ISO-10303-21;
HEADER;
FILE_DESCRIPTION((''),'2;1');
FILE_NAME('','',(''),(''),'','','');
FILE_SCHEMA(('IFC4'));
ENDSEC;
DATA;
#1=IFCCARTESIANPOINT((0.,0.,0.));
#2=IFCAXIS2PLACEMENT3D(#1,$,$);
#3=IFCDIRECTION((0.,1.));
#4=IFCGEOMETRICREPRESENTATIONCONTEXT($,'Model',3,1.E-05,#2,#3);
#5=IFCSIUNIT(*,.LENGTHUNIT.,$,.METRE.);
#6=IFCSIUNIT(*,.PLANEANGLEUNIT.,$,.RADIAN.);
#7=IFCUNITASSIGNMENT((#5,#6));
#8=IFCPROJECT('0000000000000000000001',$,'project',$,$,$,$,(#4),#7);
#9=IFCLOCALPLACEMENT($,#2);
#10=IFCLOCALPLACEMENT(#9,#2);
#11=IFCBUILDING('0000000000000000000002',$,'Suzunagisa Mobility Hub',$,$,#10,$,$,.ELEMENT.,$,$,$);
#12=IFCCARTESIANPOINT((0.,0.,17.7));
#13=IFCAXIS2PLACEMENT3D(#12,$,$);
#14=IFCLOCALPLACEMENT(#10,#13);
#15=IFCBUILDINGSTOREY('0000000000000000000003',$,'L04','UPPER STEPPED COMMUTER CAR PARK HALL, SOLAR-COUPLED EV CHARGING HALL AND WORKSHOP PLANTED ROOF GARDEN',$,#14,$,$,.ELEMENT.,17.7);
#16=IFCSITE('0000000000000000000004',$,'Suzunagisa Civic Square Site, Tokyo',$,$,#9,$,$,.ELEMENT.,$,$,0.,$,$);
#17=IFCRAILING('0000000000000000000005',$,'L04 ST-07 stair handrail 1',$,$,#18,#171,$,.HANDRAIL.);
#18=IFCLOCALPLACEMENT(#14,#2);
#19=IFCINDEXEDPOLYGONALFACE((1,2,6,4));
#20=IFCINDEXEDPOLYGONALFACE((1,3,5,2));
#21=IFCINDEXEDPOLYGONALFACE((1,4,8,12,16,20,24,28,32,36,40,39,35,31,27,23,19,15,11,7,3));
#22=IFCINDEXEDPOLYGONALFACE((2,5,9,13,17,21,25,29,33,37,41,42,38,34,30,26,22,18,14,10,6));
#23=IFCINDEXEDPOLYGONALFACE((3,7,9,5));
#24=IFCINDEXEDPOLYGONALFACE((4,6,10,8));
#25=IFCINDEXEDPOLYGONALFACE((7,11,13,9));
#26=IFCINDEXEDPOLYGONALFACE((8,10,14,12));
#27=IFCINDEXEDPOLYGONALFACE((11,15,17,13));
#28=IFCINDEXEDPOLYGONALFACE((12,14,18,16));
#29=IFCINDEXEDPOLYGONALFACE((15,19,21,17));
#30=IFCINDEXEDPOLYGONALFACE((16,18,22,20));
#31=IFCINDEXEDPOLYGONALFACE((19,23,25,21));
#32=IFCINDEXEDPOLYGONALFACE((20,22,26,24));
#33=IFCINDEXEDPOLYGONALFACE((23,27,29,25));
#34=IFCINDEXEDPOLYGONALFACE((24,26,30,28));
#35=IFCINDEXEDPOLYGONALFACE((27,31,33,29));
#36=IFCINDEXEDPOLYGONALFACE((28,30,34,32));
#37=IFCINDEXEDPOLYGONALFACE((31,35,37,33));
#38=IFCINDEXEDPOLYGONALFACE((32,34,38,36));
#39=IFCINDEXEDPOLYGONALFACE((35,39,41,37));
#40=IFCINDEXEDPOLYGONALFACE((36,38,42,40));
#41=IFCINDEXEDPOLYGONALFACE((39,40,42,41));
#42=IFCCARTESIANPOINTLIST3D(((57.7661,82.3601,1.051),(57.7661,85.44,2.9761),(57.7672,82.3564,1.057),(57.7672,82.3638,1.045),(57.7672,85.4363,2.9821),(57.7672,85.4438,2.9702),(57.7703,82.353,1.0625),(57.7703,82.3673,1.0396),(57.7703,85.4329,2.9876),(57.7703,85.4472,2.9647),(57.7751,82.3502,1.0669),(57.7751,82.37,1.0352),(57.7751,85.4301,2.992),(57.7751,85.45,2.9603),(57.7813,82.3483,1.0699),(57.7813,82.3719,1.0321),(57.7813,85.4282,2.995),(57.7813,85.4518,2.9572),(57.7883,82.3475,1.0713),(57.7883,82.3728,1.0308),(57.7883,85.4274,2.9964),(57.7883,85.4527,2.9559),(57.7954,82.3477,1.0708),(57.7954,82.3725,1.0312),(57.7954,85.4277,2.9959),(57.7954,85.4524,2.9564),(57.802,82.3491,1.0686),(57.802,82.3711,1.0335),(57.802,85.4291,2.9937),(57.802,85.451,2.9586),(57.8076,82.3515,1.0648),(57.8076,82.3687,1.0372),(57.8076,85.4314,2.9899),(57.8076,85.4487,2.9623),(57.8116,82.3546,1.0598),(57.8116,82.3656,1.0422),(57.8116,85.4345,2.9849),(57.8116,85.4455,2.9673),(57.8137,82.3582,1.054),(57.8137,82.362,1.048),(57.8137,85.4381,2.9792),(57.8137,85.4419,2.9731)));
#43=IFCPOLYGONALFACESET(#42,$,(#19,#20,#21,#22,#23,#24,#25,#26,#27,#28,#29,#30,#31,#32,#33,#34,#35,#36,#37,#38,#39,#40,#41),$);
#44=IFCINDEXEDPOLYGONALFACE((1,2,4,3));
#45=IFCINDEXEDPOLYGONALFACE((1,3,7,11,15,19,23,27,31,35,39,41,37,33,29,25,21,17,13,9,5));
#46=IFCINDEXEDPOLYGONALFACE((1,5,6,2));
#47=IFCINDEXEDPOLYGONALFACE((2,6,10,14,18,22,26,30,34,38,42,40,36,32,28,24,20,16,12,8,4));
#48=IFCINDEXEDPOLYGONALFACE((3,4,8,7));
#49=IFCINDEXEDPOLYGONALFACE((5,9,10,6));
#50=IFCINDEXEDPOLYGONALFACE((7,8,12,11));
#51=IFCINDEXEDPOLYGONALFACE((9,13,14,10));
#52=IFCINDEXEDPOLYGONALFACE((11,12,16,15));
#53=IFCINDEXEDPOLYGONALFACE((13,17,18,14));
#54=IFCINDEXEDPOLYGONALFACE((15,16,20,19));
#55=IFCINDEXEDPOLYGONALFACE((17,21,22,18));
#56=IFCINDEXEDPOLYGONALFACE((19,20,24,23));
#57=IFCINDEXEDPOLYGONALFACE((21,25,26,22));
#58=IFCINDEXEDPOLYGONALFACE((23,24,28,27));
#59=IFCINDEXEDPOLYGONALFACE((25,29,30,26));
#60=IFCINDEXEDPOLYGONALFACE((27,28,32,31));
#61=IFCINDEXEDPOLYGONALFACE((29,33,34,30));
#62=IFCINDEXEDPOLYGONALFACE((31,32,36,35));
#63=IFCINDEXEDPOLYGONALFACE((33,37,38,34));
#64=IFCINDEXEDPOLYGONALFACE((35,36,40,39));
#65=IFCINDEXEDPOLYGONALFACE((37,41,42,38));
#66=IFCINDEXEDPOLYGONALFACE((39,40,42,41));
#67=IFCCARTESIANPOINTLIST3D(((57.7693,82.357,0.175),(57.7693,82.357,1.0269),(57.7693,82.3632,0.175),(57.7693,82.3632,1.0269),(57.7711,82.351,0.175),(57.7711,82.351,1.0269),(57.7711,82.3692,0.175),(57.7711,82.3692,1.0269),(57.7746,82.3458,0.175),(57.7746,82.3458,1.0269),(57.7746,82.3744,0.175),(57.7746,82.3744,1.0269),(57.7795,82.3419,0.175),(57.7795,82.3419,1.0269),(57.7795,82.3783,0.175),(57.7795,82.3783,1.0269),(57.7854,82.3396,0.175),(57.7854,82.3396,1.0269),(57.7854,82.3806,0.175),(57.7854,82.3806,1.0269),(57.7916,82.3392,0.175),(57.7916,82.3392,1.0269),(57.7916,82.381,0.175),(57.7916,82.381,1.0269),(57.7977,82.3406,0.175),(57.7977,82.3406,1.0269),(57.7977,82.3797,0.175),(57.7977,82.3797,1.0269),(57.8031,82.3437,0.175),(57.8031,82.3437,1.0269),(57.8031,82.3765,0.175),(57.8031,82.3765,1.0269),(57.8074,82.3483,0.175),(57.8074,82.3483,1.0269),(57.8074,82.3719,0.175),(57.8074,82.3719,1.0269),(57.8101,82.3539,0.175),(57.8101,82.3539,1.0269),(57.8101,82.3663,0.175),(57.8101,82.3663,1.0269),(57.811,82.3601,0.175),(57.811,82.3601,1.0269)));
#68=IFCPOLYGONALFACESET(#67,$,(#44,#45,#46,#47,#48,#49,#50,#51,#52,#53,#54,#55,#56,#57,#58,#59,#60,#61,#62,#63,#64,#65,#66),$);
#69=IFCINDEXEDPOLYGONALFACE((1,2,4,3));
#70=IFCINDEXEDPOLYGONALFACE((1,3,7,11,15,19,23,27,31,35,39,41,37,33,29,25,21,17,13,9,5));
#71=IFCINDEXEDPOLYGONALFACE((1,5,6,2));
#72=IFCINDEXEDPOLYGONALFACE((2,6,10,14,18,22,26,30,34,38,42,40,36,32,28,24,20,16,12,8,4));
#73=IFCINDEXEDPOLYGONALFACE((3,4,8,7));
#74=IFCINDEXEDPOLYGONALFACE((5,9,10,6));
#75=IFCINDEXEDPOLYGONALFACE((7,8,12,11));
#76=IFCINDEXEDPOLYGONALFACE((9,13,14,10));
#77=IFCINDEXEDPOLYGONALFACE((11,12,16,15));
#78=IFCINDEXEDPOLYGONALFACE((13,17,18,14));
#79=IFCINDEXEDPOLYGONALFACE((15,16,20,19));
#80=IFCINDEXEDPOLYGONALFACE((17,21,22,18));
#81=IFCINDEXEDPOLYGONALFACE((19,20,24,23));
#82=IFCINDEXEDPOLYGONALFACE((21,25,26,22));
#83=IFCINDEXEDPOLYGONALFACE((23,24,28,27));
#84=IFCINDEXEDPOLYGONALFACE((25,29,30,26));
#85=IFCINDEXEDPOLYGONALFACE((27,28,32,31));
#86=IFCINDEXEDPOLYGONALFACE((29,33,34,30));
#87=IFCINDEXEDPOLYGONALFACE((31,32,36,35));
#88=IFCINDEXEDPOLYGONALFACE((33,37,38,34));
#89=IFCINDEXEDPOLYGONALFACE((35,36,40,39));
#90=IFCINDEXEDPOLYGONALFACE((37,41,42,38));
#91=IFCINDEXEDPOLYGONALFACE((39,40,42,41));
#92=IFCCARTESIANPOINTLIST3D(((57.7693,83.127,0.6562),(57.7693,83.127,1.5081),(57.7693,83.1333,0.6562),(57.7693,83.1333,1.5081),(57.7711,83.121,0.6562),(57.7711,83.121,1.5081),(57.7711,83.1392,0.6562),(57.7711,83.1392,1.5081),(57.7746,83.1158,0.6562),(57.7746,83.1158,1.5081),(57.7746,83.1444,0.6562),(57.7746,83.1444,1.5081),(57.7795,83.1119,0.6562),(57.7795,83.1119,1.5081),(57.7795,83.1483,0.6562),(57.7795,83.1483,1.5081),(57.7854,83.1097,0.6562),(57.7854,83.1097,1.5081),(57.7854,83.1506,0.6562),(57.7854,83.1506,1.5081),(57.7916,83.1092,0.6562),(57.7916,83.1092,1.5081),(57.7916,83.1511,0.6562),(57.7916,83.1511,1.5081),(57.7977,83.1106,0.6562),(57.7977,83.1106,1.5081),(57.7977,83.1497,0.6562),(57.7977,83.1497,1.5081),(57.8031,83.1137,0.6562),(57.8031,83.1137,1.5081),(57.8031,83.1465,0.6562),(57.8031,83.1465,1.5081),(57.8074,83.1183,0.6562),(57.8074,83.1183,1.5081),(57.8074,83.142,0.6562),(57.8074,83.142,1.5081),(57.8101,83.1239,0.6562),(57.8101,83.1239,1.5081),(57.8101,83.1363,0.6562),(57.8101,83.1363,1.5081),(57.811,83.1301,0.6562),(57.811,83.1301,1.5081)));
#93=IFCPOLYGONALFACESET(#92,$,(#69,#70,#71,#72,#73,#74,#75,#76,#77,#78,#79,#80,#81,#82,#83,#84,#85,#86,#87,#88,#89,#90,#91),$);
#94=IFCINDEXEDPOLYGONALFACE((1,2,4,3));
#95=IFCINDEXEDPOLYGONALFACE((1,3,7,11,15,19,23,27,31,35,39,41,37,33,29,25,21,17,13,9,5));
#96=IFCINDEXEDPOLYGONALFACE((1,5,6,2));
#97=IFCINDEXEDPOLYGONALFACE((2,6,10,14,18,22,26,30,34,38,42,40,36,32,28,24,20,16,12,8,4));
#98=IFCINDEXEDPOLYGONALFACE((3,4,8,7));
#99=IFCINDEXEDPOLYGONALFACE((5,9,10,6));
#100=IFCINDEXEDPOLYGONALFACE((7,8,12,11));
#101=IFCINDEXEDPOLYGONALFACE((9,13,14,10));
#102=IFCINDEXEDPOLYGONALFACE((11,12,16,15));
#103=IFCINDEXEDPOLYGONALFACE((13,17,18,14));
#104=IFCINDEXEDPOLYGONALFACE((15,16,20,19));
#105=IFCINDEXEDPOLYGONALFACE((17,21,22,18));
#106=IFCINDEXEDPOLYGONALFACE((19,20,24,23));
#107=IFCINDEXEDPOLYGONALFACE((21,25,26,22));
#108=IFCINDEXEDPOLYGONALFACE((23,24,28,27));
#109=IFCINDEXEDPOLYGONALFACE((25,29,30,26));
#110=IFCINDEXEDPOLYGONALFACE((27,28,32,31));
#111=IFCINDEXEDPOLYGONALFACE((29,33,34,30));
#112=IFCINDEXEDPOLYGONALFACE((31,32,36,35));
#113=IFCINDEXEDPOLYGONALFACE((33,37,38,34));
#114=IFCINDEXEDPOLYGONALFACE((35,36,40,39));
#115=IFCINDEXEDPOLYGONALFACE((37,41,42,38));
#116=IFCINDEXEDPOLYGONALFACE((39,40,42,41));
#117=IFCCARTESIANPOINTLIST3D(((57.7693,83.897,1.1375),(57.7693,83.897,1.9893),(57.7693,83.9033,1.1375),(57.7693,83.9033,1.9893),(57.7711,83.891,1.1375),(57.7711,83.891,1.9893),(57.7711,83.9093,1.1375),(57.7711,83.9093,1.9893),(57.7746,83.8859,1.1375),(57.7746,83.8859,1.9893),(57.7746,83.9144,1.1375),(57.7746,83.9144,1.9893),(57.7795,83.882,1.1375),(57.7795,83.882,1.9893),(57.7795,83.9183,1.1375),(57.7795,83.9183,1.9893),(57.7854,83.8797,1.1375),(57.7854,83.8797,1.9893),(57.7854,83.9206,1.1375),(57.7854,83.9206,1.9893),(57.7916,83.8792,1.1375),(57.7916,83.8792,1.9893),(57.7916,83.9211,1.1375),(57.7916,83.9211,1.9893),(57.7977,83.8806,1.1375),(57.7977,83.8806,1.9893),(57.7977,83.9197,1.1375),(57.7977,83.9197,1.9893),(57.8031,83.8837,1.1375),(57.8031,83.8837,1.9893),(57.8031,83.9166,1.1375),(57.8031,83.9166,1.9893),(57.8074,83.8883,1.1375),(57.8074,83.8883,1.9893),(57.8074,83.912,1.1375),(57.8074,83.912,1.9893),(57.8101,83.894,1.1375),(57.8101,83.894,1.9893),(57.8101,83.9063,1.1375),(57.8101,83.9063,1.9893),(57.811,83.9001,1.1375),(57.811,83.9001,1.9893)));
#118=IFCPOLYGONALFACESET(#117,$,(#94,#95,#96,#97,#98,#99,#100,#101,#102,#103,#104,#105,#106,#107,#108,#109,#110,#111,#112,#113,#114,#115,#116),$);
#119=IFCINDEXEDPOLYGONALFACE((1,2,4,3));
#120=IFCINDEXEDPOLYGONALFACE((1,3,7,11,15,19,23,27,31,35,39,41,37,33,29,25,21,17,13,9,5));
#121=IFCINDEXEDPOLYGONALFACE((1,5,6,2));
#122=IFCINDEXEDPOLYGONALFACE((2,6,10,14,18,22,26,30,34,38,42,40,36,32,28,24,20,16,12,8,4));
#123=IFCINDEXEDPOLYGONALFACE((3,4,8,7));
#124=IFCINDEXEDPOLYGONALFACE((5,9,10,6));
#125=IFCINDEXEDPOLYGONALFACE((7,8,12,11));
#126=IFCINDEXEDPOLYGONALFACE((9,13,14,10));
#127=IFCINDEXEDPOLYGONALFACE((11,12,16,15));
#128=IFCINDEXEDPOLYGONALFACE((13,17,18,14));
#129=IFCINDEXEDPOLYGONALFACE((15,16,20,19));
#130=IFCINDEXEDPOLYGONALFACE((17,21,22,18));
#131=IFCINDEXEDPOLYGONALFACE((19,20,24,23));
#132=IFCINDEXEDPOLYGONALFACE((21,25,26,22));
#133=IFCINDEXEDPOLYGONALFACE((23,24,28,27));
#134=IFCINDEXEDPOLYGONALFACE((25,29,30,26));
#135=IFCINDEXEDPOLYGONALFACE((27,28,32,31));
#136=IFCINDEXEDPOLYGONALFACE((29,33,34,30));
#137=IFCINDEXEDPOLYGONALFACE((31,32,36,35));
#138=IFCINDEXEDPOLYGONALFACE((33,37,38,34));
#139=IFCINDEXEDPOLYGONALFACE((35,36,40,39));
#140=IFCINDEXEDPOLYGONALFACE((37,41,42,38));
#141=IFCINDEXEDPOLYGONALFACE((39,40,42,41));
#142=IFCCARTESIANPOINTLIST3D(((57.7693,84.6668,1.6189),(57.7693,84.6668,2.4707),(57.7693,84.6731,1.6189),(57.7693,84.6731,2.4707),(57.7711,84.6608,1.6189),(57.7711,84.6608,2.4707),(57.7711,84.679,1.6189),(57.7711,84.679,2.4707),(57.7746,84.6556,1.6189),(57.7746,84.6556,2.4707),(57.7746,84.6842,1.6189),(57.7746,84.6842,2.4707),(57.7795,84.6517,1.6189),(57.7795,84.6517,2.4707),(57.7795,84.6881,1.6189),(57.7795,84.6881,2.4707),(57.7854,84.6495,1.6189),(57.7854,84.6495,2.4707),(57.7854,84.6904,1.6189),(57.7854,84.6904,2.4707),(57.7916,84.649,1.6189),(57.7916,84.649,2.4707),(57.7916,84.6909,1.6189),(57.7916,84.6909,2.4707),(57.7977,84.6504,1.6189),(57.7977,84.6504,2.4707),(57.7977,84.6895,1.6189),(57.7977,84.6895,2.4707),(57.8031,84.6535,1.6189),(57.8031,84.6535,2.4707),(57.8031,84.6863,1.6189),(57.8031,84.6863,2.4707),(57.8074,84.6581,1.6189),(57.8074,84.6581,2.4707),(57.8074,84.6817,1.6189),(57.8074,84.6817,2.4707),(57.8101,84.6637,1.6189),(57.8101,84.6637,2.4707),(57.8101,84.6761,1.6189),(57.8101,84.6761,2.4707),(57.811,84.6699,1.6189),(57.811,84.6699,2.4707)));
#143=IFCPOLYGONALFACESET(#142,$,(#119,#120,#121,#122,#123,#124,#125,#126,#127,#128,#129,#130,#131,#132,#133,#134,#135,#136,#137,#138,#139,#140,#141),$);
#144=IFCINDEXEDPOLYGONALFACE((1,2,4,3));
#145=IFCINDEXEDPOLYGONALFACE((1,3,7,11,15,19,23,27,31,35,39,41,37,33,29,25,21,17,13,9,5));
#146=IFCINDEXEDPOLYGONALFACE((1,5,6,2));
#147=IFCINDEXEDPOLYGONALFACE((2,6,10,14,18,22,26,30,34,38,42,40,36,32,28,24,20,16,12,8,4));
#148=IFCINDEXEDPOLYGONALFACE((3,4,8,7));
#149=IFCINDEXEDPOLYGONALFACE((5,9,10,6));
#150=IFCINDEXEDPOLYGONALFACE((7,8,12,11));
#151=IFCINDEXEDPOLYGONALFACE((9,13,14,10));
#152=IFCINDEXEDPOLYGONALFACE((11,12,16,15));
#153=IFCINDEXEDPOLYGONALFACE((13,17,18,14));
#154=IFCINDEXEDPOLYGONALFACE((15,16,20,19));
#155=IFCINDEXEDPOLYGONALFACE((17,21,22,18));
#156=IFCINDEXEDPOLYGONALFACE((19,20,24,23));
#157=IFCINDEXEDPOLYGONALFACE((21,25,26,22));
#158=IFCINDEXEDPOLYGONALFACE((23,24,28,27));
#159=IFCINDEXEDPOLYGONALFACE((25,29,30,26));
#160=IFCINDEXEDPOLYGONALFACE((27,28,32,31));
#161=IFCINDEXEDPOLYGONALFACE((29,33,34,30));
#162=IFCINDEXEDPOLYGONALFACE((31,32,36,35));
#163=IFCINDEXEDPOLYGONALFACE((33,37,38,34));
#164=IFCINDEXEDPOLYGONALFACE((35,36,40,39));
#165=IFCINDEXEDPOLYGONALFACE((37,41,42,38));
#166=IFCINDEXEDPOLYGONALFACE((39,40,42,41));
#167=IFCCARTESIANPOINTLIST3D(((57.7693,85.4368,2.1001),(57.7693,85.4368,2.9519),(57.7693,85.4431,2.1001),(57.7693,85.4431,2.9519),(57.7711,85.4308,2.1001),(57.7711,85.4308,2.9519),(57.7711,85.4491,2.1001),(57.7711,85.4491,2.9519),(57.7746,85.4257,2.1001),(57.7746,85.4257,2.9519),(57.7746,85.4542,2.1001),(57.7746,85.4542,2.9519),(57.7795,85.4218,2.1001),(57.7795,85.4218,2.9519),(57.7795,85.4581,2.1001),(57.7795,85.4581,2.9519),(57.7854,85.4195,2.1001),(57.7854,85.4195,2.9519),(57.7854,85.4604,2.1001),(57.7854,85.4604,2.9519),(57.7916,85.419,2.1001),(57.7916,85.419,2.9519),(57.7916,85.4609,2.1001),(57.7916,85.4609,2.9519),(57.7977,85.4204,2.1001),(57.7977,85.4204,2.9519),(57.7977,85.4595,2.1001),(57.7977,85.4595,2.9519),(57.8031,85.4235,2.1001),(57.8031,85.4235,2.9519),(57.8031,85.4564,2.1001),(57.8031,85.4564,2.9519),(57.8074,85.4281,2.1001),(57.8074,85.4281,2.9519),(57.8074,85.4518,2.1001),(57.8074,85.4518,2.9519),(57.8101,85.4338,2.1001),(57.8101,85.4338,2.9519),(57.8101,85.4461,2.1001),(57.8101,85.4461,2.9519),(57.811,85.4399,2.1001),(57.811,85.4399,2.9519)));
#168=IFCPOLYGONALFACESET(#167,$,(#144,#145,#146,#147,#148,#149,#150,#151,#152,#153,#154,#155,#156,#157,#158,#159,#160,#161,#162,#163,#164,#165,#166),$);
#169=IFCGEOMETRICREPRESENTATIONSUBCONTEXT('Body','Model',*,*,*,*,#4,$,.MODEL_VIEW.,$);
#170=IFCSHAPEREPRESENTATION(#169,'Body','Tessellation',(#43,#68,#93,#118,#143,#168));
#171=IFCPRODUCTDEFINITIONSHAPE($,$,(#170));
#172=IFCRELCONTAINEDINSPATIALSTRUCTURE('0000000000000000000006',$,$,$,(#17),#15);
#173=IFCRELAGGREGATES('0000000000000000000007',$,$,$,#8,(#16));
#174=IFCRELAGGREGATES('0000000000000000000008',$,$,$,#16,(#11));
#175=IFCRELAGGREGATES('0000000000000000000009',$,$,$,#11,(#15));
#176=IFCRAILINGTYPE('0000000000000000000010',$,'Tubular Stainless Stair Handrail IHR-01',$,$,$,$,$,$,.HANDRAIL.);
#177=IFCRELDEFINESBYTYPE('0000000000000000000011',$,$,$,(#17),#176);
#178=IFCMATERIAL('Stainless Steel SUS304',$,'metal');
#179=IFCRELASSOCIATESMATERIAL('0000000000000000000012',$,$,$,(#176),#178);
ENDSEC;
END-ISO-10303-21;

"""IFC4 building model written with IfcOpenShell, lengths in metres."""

from ifc_helpers import new_model, si_unit, direction, frame, origin, origin_2d, place, context, subcontext, project, spatial, circle, extrude, material, type_object, element, save


model = new_model("IFC4")

# Units and contexts
model_context = context("Model", 3, precision=1e-05, world=origin(), true_north=direction((0.0, 1.0)))
body_context = subcontext(model_context, "Body", "Model", "MODEL_VIEW")
ifc_project = project(units=[si_unit("LENGTHUNIT", "METRE"), si_unit("PLANEANGLEUNIT", "RADIAN")], contexts=[model_context])

# Site, building, storey
site_placement = place(None, origin())
site = spatial("IfcSite", under=ifc_project, at=site_placement, Name="Suzunagisa Civic Square Site, Tokyo", CompositionType="ELEMENT", RefElevation=0.0)
building_placement = place(site_placement, origin())
building = spatial("IfcBuilding", under=site, at=building_placement, Name="Suzunagisa Mobility Hub", CompositionType="ELEMENT")
storey_placement = place(building_placement, frame((0.0, 0.0, 17.7)))
storey = spatial("IfcBuildingStorey", under=building, at=storey_placement, Name="L04", Description="UPPER STEPPED COMMUTER CAR PARK HALL, SOLAR-COUPLED EV CHARGING HALL AND WORKSHOP PLANTED ROOF GARDEN", CompositionType="ELEMENT", Elevation=17.7)

# Railing
ifc_material_1 = material(Name="Stainless Steel SUS304", Category="metal")
railing_type_1 = type_object("IfcRailingType", Name="Tubular Stainless Stair Handrail IHR-01", PredefinedType="HANDRAIL", material=ifc_material_1)
railing_1_placement = place(storey_placement, frame((57.79, 82.3601, 0.175)))
element("IfcRailing", 1, at=railing_1_placement, inside=storey, type_object=railing_type_1, Name="L04 ST-07 stair handrail 1", PredefinedType="HANDRAIL", context=body_context, shape_type="SweptSolid", body=[
    extrude(circle(Radius=0.0239, at=origin_2d()), frame((0.0, 0.0, 0.876), z_axis=(0.0, 0.847979, 0.530029), x_axis=(-1.0, 0.0, 0.0)), (0.0, 0.0, 1.0), 3.6321),
    extrude(circle(Radius=0.021, at=origin_2d()), origin(), (0.0, 0.0, 1.0), 0.8518),
    extrude(circle(Radius=0.021, at=origin_2d()), frame((0.0, 0.77, 0.4812)), (0.0, 0.0, 1.0), 0.8518),
    extrude(circle(Radius=0.021, at=origin_2d()), frame((0.0, 1.54, 0.9624)), (0.0, 0.0, 1.0), 0.8518),
    extrude(circle(Radius=0.021, at=origin_2d()), frame((0.0, 2.3098, 1.4438)), (0.0, 0.0, 1.0), 0.8518),
    extrude(circle(Radius=0.021, at=origin_2d()), frame((0.0, 3.0798, 1.925)), (0.0, 0.0, 1.0), 0.8518),
])

save(model, "model.ifc")
